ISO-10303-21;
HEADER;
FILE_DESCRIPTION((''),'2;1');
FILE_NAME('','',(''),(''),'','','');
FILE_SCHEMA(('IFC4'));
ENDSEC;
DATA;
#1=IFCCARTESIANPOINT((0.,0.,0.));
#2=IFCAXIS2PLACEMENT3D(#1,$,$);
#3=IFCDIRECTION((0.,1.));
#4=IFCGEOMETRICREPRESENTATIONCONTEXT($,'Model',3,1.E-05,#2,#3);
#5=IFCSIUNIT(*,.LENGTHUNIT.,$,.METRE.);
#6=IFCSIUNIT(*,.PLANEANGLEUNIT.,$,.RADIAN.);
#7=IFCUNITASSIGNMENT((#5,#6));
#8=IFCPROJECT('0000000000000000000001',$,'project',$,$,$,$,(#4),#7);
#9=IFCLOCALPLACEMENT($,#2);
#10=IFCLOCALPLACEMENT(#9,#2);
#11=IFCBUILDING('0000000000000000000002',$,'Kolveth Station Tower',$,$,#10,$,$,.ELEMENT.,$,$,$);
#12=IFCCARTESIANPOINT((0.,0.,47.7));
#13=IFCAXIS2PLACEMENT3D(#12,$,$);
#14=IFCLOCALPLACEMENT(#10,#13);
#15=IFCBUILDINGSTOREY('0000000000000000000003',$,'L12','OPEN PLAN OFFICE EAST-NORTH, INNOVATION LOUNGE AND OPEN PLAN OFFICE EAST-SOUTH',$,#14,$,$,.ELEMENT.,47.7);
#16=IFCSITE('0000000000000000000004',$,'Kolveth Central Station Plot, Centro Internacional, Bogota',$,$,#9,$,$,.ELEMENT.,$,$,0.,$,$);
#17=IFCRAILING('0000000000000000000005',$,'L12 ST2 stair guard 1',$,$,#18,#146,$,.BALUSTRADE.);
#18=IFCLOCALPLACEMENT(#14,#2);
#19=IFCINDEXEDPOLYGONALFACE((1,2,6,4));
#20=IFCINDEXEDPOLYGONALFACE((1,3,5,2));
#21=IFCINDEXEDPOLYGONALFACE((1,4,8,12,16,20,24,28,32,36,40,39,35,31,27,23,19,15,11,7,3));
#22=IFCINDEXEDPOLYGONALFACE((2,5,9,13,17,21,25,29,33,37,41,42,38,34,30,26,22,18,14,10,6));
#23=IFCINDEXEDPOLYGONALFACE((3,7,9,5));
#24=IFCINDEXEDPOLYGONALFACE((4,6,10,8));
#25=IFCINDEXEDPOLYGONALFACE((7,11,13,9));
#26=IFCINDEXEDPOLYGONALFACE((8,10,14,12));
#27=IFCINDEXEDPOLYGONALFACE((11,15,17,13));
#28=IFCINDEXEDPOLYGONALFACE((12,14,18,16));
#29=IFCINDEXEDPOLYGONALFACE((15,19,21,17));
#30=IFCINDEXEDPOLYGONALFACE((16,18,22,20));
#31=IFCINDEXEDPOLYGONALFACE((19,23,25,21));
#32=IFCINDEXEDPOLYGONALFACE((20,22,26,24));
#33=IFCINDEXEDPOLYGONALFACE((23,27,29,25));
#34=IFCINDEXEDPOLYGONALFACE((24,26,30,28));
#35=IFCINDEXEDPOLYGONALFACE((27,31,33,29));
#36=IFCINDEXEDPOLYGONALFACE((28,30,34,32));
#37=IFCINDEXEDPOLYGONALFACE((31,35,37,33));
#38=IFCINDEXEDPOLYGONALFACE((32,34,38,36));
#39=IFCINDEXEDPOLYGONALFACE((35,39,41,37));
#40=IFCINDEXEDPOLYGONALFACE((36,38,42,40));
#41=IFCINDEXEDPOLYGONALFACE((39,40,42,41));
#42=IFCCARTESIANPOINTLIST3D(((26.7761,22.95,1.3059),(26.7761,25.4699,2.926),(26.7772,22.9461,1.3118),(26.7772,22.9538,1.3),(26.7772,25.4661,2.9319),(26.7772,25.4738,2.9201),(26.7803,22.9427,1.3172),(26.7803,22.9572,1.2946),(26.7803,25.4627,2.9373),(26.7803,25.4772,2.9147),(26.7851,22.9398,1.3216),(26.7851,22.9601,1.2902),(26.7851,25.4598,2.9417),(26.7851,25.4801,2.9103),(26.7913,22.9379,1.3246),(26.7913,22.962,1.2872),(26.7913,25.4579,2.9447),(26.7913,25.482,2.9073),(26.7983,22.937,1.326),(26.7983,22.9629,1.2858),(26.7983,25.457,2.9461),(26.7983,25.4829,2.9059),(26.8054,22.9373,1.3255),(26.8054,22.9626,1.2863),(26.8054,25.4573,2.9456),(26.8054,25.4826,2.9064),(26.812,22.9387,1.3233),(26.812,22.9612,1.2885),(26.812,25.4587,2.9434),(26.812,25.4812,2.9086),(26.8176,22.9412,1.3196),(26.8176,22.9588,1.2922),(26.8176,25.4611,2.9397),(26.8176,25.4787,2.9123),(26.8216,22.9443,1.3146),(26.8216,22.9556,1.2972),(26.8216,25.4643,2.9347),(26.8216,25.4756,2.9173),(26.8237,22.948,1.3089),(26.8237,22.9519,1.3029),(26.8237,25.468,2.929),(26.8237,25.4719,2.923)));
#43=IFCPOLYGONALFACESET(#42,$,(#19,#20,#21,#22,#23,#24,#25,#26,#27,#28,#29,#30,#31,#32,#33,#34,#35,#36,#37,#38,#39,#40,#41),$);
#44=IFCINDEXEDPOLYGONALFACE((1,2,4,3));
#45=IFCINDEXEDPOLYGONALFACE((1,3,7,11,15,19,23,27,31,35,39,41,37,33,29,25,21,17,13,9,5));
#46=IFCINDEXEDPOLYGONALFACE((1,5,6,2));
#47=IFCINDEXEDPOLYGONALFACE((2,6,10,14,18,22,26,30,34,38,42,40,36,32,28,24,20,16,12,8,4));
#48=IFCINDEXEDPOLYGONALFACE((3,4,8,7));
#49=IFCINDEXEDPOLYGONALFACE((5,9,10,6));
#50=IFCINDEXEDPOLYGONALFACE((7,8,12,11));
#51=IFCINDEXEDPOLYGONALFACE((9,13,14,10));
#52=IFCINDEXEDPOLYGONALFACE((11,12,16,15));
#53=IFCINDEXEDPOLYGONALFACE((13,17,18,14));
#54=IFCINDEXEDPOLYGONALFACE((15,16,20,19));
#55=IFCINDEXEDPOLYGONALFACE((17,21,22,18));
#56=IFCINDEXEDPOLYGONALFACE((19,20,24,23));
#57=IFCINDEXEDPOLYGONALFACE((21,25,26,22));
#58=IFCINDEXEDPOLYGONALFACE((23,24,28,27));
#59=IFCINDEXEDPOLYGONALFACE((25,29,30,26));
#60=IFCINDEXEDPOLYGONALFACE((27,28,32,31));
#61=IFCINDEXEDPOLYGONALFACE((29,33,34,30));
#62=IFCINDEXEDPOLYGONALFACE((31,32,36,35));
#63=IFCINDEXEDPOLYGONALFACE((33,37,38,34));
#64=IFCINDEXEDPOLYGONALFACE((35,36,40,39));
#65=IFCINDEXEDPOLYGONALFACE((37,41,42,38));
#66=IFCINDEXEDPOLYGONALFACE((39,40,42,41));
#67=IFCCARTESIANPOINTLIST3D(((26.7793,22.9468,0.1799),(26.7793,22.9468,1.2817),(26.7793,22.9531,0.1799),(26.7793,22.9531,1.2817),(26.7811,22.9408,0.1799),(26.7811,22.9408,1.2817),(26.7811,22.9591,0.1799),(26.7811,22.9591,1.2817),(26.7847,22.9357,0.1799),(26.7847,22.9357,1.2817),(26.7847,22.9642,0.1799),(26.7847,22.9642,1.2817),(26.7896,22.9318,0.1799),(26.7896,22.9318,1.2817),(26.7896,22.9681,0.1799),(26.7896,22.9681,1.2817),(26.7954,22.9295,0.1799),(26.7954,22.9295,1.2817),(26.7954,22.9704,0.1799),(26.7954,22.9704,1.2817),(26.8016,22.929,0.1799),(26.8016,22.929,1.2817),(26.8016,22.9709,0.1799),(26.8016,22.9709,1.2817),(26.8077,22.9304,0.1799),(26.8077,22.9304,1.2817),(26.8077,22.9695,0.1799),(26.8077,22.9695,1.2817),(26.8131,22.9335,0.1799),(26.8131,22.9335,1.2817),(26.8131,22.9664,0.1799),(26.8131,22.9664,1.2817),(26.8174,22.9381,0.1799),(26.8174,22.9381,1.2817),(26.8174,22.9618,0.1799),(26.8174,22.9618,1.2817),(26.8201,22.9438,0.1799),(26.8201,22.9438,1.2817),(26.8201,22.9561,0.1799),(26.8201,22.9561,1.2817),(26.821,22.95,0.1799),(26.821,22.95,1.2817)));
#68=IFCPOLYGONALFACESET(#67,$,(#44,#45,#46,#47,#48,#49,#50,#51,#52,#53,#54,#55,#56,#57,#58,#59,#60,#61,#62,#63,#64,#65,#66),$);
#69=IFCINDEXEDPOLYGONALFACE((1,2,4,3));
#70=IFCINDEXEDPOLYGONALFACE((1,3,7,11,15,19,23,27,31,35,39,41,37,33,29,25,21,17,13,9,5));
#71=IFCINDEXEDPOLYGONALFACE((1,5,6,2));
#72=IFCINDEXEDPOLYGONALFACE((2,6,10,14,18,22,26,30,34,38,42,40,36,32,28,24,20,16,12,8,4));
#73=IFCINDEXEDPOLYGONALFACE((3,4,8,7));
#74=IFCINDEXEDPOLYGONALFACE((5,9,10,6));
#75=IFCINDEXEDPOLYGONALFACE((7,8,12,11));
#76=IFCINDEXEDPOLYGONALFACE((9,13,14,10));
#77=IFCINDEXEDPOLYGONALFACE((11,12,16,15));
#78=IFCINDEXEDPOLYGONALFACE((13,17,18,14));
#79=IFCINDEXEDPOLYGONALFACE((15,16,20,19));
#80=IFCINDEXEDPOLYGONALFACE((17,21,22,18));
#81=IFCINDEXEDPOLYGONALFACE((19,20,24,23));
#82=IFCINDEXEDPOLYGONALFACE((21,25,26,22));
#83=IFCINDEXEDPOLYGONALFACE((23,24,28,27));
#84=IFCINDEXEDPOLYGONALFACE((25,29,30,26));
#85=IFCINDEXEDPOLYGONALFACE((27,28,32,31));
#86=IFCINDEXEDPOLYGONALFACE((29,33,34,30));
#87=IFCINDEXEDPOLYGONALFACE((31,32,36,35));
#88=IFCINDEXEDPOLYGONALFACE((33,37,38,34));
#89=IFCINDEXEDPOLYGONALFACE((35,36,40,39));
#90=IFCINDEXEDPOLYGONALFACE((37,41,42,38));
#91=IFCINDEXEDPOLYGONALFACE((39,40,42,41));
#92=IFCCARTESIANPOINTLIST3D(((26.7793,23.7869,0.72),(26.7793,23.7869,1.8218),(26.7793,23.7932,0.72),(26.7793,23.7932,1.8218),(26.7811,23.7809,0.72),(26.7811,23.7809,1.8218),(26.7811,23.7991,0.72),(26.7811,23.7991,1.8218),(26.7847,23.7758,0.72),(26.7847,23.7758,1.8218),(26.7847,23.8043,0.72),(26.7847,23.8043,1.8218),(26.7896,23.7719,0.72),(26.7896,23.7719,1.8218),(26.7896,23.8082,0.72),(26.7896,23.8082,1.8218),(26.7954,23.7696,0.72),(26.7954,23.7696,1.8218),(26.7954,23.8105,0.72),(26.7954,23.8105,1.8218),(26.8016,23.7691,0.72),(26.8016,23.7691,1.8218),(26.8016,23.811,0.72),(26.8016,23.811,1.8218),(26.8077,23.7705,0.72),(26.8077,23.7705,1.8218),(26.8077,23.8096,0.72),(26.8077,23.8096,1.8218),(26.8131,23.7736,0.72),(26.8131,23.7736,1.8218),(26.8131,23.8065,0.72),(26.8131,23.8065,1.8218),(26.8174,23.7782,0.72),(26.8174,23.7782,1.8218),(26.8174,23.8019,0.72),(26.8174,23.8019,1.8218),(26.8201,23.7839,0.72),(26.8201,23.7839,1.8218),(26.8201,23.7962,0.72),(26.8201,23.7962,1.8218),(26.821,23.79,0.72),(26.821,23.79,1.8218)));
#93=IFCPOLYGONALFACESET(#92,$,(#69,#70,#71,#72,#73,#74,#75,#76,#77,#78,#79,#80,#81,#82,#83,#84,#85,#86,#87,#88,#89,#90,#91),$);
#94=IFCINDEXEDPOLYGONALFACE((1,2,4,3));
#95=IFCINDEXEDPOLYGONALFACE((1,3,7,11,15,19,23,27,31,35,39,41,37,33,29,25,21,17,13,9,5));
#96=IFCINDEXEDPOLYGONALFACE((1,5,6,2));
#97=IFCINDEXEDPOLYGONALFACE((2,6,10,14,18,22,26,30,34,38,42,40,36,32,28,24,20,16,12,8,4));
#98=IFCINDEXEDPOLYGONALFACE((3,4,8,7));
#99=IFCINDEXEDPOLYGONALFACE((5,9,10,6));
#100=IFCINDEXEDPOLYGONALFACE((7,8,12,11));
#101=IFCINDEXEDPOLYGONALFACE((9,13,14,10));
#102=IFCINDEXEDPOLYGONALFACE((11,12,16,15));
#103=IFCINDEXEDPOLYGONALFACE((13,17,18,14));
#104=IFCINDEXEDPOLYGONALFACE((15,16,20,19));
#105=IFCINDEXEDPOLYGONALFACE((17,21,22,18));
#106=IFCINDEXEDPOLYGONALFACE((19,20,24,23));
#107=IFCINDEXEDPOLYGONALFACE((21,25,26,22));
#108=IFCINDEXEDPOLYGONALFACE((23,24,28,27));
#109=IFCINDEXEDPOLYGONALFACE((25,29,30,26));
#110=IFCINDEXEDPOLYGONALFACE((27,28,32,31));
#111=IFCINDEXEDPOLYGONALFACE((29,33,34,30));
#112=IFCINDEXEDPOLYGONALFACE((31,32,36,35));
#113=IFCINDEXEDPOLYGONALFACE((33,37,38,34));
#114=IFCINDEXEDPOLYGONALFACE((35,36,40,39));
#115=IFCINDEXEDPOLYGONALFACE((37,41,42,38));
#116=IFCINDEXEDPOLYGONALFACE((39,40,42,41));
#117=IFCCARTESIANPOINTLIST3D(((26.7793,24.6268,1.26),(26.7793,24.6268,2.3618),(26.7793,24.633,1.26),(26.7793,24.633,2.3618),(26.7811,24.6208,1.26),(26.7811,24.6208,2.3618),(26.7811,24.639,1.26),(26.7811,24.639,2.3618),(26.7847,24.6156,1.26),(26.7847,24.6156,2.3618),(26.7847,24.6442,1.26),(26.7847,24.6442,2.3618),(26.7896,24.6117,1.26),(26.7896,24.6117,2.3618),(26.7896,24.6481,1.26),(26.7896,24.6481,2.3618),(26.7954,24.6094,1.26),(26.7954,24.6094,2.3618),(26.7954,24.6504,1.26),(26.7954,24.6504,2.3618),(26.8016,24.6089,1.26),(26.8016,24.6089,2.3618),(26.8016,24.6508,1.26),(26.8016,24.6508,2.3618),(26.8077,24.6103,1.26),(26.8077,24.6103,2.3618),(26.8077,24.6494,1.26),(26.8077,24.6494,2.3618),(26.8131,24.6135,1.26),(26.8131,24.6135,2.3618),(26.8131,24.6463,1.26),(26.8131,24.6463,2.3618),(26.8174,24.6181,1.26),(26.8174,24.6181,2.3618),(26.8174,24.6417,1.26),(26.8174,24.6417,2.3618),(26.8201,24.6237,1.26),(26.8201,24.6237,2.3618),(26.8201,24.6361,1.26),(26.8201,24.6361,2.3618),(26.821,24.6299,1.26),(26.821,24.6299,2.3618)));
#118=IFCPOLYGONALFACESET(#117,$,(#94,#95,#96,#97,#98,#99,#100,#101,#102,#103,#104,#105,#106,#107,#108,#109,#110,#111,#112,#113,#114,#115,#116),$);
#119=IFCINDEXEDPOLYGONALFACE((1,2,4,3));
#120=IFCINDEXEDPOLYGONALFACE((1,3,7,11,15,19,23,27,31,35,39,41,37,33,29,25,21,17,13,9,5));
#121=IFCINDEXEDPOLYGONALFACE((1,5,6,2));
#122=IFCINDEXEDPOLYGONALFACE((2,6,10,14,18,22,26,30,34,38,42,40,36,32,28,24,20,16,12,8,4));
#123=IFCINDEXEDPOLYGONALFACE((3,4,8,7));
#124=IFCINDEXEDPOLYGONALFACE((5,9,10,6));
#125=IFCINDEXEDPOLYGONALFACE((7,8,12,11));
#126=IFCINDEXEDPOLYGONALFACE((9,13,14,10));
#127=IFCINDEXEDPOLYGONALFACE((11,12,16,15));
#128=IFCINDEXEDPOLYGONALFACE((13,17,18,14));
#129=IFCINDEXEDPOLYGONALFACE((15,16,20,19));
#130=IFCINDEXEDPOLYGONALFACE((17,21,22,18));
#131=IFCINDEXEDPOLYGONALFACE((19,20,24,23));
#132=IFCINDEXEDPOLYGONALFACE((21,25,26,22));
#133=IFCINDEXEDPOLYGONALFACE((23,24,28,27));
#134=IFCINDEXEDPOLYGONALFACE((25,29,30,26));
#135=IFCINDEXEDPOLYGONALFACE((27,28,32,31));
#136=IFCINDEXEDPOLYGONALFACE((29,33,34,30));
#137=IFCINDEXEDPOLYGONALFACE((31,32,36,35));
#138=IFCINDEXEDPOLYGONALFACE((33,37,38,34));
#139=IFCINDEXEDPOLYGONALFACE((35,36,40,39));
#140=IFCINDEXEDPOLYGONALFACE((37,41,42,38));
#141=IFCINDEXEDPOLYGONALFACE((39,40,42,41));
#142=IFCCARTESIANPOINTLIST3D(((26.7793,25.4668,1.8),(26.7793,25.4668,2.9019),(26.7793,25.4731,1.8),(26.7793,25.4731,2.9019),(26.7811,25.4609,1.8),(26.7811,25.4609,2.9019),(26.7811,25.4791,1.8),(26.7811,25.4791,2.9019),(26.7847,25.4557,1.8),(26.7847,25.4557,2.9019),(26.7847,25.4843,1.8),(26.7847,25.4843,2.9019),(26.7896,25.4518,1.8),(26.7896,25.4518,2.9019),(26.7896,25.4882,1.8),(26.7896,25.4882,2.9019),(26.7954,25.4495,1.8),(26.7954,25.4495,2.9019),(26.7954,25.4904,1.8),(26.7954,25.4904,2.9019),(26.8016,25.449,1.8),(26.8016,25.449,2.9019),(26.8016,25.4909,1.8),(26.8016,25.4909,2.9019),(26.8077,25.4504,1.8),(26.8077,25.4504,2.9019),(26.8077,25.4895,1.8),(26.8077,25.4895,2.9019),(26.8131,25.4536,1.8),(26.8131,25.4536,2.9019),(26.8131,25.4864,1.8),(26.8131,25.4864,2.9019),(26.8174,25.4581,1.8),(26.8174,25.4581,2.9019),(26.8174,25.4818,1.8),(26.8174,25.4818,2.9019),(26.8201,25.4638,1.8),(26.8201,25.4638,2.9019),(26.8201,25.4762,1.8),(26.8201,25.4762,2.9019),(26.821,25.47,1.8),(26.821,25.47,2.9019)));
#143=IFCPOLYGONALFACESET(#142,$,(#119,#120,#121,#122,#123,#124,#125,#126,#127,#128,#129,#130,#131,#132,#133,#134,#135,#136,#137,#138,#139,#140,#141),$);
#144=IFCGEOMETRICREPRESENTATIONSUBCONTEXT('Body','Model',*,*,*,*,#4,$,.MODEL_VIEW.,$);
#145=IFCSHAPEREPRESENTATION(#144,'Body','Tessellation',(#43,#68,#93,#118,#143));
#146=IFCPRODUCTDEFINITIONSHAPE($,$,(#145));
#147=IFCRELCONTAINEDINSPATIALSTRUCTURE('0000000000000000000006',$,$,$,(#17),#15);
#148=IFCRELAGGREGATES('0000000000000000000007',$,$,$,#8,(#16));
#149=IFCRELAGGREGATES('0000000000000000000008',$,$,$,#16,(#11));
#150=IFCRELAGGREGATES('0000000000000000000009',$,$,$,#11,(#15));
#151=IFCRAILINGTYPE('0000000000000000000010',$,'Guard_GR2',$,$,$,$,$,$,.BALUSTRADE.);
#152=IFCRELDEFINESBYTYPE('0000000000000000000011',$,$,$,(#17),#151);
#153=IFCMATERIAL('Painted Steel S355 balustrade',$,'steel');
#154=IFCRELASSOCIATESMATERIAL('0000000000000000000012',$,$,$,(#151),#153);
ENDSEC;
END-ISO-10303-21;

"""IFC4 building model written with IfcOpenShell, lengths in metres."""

from ifc_helpers import new_model, si_unit, direction, frame, origin, origin_2d, place, context, subcontext, project, spatial, circle, extrude, material, type_object, element, save


model = new_model("IFC4")

# Units and contexts
model_context = context("Model", 3, precision=1e-05, world=origin(), true_north=direction((0.0, 1.0)))
body_context = subcontext(model_context, "Body", "Model", "MODEL_VIEW")
ifc_project = project(units=[si_unit("LENGTHUNIT", "METRE"), si_unit("PLANEANGLEUNIT", "RADIAN")], contexts=[model_context])

# Site, building, storey
site_placement = place(None, origin())
site = spatial("IfcSite", under=ifc_project, at=site_placement, Name="Kolveth Central Station Plot, Centro Internacional, Bogota", CompositionType="ELEMENT", RefElevation=0.0)
building_placement = place(site_placement, origin())
building = spatial("IfcBuilding", under=site, at=building_placement, Name="Kolveth Station Tower", CompositionType="ELEMENT")
storey_placement = place(building_placement, frame((0.0, 0.0, 47.7)))
storey = spatial("IfcBuildingStorey", under=building, at=storey_placement, Name="L12", Description="OPEN PLAN OFFICE EAST-NORTH, INNOVATION LOUNGE AND OPEN PLAN OFFICE EAST-SOUTH", CompositionType="ELEMENT", Elevation=47.7)

# Railing
ifc_material_1 = material(Name="Painted Steel S355 balustrade", Category="steel")
railing_type_1 = type_object("IfcRailingType", Name="Guard_GR2", PredefinedType="BALUSTRADE", material=ifc_material_1)
railing_1_placement = place(storey_placement, frame((26.8, 22.95, 0.1799)))
element("IfcRailing", 1, at=railing_1_placement, inside=storey, type_object=railing_type_1, Name="L12 ST2 stair guard 1", PredefinedType="BALUSTRADE", context=body_context, shape_type="SweptSolid", body=[
    extrude(circle(Radius=0.0239, at=origin_2d()), frame((0.0, 0.0, 1.126), z_axis=(0.0, 0.841163, 0.540782), x_axis=(-1.0, 0.0, 0.0)), (0.0, 0.0, 1.0), 2.9958),
    extrude(circle(Radius=0.021, at=origin_2d()), origin(), (0.0, 0.0, 1.0), 1.1018),
    extrude(circle(Radius=0.021, at=origin_2d()), frame((0.0, 0.8401, 0.54)), (0.0, 0.0, 1.0), 1.1018),
    extrude(circle(Radius=0.021, at=origin_2d()), frame((0.0, 1.6799, 1.0801)), (0.0, 0.0, 1.0), 1.1018),
    extrude(circle(Radius=0.021, at=origin_2d()), frame((0.0, 2.52, 1.6201)), (0.0, 0.0, 1.0), 1.1018),
])

save(model, "model.ifc")
